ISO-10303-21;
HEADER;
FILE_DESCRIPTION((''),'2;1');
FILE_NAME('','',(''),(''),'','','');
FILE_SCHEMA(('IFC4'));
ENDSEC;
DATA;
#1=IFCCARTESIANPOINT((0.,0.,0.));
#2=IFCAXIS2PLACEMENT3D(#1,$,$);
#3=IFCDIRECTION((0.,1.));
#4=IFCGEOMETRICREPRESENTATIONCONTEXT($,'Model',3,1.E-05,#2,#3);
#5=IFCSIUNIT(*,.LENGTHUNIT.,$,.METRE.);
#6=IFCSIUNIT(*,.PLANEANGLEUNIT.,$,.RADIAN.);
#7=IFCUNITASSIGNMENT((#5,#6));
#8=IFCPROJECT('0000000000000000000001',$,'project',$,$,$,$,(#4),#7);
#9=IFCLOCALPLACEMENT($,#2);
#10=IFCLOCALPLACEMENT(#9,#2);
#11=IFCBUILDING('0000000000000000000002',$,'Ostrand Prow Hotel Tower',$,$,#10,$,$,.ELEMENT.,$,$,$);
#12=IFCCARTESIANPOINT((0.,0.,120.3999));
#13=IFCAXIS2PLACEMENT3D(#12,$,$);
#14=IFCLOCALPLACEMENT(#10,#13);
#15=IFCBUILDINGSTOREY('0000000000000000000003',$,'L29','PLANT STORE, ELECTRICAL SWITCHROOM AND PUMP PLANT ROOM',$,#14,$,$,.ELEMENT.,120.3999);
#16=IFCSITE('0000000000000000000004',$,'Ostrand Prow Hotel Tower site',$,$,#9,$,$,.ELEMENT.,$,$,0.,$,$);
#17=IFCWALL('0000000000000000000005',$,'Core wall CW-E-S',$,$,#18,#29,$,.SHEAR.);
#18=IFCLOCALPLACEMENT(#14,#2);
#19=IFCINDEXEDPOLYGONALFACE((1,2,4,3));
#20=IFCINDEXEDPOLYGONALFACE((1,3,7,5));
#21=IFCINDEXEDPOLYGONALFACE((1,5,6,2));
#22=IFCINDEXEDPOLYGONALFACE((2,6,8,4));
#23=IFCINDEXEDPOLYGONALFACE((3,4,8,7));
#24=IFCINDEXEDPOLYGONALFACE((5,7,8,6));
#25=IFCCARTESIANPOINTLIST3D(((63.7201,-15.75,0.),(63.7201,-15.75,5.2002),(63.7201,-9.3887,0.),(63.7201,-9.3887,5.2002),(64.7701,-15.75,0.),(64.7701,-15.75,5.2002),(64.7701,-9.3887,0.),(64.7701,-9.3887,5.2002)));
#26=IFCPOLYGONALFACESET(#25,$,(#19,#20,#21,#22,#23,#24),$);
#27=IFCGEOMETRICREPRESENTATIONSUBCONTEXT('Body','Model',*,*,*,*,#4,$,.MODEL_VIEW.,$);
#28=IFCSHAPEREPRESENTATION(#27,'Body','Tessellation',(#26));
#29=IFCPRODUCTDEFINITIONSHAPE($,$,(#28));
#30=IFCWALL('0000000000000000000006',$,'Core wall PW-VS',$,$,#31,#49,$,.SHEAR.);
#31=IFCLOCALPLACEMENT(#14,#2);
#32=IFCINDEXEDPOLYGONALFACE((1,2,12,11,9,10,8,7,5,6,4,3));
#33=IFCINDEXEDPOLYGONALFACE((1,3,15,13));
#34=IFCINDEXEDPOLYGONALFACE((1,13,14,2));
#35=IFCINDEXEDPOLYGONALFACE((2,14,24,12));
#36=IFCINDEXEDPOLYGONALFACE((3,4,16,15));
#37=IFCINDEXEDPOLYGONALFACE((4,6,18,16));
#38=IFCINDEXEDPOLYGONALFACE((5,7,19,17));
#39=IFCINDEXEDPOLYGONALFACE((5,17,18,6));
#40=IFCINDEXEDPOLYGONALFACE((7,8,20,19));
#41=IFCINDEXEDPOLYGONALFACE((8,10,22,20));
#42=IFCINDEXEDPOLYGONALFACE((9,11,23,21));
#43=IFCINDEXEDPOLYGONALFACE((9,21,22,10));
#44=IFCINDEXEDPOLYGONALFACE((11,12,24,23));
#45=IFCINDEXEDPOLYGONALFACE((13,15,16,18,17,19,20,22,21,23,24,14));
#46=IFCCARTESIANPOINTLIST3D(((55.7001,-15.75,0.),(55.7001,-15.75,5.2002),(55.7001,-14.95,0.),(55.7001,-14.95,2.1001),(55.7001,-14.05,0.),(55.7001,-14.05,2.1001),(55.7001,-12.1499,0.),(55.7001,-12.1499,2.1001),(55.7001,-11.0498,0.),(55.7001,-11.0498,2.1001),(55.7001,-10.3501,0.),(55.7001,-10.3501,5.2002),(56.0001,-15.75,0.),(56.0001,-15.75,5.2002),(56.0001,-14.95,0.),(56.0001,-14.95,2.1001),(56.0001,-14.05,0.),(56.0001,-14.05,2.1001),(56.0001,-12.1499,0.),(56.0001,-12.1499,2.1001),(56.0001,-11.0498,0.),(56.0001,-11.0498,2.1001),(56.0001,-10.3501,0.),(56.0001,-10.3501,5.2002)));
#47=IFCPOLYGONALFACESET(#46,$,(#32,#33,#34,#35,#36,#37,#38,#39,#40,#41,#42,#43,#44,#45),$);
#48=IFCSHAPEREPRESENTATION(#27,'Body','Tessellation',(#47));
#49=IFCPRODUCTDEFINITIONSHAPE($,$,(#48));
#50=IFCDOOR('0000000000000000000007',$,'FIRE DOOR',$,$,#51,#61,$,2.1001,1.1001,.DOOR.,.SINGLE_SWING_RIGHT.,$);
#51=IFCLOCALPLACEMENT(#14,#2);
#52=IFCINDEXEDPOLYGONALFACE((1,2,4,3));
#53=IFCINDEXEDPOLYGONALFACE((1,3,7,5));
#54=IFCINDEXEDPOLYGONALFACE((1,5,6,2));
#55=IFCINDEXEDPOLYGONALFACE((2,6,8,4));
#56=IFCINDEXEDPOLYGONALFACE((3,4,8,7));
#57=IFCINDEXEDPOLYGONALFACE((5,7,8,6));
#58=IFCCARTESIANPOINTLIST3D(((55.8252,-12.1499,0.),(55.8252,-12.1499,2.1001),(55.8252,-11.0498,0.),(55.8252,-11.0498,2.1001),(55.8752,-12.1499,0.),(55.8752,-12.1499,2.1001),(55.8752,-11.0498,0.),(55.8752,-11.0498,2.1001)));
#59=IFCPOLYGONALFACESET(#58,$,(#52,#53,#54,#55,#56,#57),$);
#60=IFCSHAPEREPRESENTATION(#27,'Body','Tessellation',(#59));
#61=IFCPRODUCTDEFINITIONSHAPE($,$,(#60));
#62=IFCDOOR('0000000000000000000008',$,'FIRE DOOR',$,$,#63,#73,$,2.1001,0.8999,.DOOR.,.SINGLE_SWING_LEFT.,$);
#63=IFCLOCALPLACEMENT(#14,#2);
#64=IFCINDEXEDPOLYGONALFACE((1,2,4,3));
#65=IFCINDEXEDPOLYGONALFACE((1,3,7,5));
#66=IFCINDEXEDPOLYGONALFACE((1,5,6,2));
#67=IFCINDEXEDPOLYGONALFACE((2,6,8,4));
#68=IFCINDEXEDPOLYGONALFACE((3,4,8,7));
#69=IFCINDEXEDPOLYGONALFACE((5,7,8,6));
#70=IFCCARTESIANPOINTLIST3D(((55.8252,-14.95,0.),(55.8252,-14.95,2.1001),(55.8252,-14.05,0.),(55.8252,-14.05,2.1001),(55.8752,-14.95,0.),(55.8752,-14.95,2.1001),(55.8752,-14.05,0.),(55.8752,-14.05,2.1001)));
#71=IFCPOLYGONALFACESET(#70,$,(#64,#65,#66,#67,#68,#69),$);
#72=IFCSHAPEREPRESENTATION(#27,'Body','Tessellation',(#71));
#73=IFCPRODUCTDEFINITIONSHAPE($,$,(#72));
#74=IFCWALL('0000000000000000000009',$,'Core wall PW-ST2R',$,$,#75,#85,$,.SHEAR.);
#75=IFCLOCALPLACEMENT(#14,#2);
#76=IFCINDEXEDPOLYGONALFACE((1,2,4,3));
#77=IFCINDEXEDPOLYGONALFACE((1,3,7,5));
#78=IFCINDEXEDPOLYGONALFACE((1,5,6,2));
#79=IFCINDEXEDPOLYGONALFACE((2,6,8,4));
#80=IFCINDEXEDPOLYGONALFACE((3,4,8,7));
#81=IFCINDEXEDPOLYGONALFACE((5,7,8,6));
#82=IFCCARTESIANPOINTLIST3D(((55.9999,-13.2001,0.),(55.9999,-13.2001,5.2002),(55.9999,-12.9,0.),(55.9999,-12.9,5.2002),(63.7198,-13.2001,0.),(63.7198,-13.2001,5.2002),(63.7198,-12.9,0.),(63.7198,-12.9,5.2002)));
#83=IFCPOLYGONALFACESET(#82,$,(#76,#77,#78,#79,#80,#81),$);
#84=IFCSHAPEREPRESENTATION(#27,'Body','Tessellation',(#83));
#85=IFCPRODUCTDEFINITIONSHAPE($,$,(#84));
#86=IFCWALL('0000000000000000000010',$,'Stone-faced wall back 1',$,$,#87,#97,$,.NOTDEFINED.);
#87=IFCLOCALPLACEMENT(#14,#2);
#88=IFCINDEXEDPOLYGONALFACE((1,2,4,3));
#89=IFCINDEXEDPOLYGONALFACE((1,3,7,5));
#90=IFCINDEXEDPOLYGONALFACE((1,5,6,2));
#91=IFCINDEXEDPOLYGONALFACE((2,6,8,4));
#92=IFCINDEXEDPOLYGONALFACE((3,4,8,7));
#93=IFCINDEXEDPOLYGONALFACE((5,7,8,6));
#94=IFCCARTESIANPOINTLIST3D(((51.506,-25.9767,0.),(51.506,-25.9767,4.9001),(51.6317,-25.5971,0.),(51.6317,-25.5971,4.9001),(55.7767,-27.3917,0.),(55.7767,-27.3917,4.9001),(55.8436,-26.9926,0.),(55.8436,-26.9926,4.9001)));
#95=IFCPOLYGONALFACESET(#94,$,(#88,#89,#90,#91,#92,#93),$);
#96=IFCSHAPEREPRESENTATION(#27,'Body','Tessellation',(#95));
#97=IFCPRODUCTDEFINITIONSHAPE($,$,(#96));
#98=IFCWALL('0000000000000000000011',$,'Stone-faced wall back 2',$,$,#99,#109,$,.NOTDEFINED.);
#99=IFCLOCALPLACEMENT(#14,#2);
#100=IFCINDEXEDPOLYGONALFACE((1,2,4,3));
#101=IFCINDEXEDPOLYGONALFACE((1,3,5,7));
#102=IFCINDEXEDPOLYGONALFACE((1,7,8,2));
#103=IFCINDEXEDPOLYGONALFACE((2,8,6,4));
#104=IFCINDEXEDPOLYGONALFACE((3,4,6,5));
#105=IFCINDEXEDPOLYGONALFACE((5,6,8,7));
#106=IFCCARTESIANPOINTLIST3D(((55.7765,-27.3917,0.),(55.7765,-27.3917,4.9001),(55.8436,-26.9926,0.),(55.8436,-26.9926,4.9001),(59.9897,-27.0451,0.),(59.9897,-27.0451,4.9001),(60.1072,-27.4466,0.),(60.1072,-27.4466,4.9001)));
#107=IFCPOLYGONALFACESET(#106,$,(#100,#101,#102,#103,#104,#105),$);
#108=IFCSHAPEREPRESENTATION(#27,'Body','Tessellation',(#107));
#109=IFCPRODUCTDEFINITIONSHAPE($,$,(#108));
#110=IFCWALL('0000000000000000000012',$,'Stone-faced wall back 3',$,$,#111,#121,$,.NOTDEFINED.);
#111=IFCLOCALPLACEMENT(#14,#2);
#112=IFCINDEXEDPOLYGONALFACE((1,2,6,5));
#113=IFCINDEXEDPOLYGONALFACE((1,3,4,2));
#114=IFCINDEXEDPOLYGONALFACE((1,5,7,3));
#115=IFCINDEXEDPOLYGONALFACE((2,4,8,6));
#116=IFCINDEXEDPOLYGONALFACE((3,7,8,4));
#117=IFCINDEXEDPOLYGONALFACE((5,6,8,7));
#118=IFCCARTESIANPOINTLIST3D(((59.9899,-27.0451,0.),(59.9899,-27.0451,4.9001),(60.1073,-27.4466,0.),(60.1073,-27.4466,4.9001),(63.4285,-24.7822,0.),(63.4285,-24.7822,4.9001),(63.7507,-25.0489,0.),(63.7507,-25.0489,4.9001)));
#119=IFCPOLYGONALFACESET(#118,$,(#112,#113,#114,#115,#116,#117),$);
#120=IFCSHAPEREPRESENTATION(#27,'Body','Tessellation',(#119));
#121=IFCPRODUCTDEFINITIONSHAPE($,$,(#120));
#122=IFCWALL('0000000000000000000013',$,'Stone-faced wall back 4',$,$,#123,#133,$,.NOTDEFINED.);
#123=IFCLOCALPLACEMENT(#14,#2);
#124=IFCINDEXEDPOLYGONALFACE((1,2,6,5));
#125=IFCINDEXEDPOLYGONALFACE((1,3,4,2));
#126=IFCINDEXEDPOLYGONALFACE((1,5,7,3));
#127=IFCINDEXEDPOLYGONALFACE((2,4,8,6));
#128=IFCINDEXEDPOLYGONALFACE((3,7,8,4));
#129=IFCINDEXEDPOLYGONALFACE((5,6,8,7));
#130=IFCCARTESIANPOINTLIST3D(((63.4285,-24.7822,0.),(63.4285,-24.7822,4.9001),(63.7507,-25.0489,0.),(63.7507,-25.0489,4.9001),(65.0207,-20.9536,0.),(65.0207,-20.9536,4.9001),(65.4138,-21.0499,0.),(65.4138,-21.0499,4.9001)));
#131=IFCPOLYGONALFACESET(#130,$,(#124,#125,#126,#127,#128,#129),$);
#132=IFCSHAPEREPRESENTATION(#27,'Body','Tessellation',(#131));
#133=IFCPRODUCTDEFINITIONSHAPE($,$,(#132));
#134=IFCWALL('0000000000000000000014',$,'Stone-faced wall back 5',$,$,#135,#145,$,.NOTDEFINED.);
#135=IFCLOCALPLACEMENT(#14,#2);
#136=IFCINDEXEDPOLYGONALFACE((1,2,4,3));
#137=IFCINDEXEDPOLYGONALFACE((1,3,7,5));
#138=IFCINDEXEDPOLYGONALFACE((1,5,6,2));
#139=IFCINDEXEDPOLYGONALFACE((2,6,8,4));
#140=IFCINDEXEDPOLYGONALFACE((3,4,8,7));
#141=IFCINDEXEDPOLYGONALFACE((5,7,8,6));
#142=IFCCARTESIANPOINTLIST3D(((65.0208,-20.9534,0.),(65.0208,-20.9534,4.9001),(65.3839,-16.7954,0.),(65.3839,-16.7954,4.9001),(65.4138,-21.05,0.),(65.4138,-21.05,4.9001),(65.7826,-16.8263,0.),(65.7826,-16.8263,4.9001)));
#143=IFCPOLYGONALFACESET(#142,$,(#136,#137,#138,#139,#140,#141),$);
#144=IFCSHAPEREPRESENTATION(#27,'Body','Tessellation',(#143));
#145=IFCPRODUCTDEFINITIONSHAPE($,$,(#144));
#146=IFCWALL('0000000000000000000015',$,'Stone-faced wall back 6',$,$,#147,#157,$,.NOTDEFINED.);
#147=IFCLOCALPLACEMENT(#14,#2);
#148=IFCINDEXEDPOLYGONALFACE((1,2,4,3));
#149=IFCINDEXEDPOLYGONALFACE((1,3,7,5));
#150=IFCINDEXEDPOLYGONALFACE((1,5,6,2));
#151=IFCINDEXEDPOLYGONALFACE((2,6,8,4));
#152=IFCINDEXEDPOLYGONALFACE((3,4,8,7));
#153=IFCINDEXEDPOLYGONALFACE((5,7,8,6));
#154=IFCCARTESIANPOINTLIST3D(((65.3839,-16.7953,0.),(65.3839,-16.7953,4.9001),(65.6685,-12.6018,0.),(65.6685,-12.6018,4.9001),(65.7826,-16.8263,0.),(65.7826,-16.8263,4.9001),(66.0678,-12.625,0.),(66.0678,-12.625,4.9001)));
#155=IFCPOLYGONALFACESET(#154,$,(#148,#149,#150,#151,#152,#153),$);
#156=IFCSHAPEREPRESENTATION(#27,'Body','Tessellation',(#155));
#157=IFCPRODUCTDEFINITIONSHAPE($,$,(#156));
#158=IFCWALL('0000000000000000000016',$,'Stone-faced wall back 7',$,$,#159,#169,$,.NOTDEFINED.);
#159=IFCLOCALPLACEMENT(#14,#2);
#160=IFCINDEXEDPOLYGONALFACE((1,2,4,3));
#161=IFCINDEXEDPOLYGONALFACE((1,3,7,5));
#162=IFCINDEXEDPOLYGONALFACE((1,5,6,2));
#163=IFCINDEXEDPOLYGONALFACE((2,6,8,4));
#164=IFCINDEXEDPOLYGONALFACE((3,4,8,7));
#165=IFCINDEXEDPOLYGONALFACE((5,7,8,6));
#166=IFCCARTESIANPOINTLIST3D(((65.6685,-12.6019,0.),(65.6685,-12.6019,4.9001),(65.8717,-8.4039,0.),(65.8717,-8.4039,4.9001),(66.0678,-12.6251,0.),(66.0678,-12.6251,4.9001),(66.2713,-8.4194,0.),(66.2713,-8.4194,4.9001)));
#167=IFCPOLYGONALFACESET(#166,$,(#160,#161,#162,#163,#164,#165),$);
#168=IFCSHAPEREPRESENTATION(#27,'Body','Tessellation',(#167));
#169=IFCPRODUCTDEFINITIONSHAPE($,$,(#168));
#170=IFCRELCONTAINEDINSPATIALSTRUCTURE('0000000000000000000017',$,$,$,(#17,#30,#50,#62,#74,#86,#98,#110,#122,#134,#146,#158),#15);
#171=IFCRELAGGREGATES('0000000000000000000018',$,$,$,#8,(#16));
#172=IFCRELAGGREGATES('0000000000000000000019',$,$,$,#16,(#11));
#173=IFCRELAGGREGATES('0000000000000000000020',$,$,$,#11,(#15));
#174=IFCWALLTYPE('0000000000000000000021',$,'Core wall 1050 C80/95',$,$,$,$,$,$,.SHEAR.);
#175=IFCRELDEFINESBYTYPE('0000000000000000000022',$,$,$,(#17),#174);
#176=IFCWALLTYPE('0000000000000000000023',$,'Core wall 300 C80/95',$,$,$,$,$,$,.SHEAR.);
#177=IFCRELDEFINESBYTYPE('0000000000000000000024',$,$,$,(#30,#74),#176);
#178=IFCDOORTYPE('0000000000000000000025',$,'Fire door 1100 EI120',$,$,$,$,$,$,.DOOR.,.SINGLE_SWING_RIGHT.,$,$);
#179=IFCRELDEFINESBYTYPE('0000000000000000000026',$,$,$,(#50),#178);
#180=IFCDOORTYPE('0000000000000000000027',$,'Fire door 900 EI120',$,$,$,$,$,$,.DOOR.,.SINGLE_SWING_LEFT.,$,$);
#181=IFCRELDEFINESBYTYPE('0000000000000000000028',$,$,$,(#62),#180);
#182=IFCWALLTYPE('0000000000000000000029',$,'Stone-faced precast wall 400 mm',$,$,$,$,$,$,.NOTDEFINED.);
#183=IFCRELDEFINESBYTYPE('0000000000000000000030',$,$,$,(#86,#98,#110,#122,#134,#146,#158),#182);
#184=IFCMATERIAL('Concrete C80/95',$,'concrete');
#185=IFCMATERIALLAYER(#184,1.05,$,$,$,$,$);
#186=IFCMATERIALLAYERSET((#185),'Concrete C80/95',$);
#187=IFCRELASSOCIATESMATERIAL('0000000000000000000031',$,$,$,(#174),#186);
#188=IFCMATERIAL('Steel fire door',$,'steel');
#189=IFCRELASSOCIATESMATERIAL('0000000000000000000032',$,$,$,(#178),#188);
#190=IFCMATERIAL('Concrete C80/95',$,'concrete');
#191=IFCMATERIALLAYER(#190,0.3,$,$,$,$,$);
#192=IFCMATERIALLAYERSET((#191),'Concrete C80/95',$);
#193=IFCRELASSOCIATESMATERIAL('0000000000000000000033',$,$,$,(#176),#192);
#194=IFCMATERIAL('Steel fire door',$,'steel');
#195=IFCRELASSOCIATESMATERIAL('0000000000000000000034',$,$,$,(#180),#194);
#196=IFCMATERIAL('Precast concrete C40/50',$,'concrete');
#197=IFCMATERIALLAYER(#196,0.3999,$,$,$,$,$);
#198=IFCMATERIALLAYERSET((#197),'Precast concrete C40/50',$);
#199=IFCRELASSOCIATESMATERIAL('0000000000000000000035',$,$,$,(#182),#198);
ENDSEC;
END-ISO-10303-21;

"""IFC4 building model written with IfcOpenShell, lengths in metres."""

from ifc_helpers import new_model, si_unit, direction, frame, frame_2d, origin, place, context, subcontext, project, spatial, polyline, rectangle, outline, extrude, material, layer, layer_set, type_object, element, fill, save


model = new_model("IFC4")

# Units and contexts
model_context = context("Model", 3, precision=1e-05, world=origin(), true_north=direction((0.0, 1.0)))
body_context = subcontext(model_context, "Body", "Model", "MODEL_VIEW")
ifc_project = project(units=[si_unit("LENGTHUNIT", "METRE"), si_unit("PLANEANGLEUNIT", "RADIAN")], contexts=[model_context])

# Site, building, storey
site_placement = place(None, origin())
site = spatial("IfcSite", under=ifc_project, at=site_placement, Name="Ostrand Prow Hotel Tower site", CompositionType="ELEMENT", RefElevation=0.0)
building_placement = place(site_placement, origin())
building = spatial("IfcBuilding", under=site, at=building_placement, Name="Ostrand Prow Hotel Tower", CompositionType="ELEMENT")
storey_placement = place(building_placement, frame((0.0, 0.0, 120.3999)))
storey = spatial("IfcBuildingStorey", under=building, at=storey_placement, Name="L29", Description="PLANT STORE, ELECTRICAL SWITCHROOM AND PUMP PLANT ROOM", CompositionType="ELEMENT", Elevation=120.3999)

# Shared definitions
ifc_material_1 = material(Name="Concrete C80/95", Category="concrete")
ifc_layer_1 = layer(ifc_material_1, 1.05)
ifc_layer_set_1 = layer_set([ifc_layer_1], Name="Concrete C80/95")
wall_type_1 = type_object("IfcWallType", Name="Core wall 1050 C80/95", PredefinedType="SHEAR", material=ifc_layer_set_1)
ifc_material_2 = material(Name="Steel fire door", Category="steel")
door_type_1 = type_object("IfcDoorType", Name="Fire door 1100 EI120", OperationType="SINGLE_SWING_RIGHT", PredefinedType="DOOR", material=ifc_material_2)

# Wall
wall_1_placement = place(storey_placement, frame((64.2451, -15.75, 0.0), z_axis=(0.0, 0.0, 1.0), x_axis=(0.0, 1.0, 0.0)))
element("IfcWall", 1, at=wall_1_placement, inside=storey, type_object=wall_type_1, Name="Core wall CW-E-S", PredefinedType="SHEAR", context=body_context, shape_type="SweptSolid", body=[
    extrude(rectangle(XDim=6.3613, YDim=1.05, at=frame_2d((3.1807, 0.0))), origin(), (0.0, 0.0, 1.0), 5.2002),
])

# Wall, openings, doors
ifc_material_3 = material(Name="Concrete C80/95", Category="concrete")
ifc_layer_2 = layer(ifc_material_3, 0.3)
ifc_layer_set_2 = layer_set([ifc_layer_2], Name="Concrete C80/95")
wall_type_2 = type_object("IfcWallType", Name="Core wall 300 C80/95", PredefinedType="SHEAR", material=ifc_layer_set_2)
wall_2_placement = place(storey_placement, frame((55.8501, -15.75, 0.0), z_axis=(0.0, 0.0, 1.0), x_axis=(0.0, 1.0, 0.0)))
wall_2 = element("IfcWall", 2, at=wall_2_placement, inside=storey, type_object=wall_type_2, Name="Core wall PW-VS", PredefinedType="SHEAR", context=body_context, shape_type="SweptSolid", body=[
    extrude(rectangle(XDim=5.3999, YDim=0.3, at=frame_2d((2.7, 0.0))), origin(), (0.0, 0.0, 1.0), 5.2002),
])
opening_1_placement = place(wall_2_placement, frame((3.6001, 0.0, 0.0)))
opening_1 = element("IfcOpeningElement", 3, at=opening_1_placement, cuts=wall_2, PredefinedType="OPENING", context=body_context, shape_type="SweptSolid", body=[
    extrude(rectangle(XDim=1.1001, YDim=2.1001, at=frame_2d((0.55, 1.05))), frame((0.0, 0.1599, 0.0), z_axis=(0.0, -1.0, 0.0), x_axis=(1.0, 0.0, 0.0)), (0.0, 0.0, 1.0), 0.3201),
])
opening_2_placement = place(wall_2_placement, frame((0.8, 0.0, 0.0)))
opening_2 = element("IfcOpeningElement", 4, at=opening_2_placement, cuts=wall_2, PredefinedType="OPENING", context=body_context, shape_type="SweptSolid", body=[
    extrude(rectangle(XDim=0.8999, YDim=2.1001, at=frame_2d((0.45, 1.05))), frame((0.0, 0.1599, 0.0), z_axis=(0.0, -1.0, 0.0), x_axis=(1.0, 0.0, 0.0)), (0.0, 0.0, 1.0), 0.3201),
])
door_1_placement = place(opening_1_placement, origin())
door_1 = element("IfcDoor", 5, at=door_1_placement, inside=storey, type_object=door_type_1, Name="FIRE DOOR", OperationType="SINGLE_SWING_RIGHT", OverallHeight=2.1001, OverallWidth=1.1001, PredefinedType="DOOR", context=body_context, shape_type="SweptSolid", body=[
    extrude(rectangle(XDim=1.1001, YDim=2.1001, at=frame_2d((0.55, 1.05))), frame((0.0, 0.0249, 0.0), z_axis=(0.0, -1.0, 0.0), x_axis=(1.0, 0.0, 0.0)), (0.0, 0.0, 1.0), 0.05),
])
fill(opening_1, door_1)
ifc_material_4 = material(Name="Steel fire door", Category="steel")
door_type_2 = type_object("IfcDoorType", Name="Fire door 900 EI120", OperationType="SINGLE_SWING_LEFT", PredefinedType="DOOR", material=ifc_material_4)
door_2_placement = place(opening_2_placement, origin())
door_2 = element("IfcDoor", 6, at=door_2_placement, inside=storey, type_object=door_type_2, Name="FIRE DOOR", OperationType="SINGLE_SWING_LEFT", OverallHeight=2.1001, OverallWidth=0.8999, PredefinedType="DOOR", context=body_context, shape_type="SweptSolid", body=[
    extrude(rectangle(XDim=0.8999, YDim=2.1001, at=frame_2d((0.45, 1.05))), frame((0.0, 0.0249, 0.0), z_axis=(0.0, -1.0, 0.0), x_axis=(1.0, 0.0, 0.0)), (0.0, 0.0, 1.0), 0.05),
])
fill(opening_2, door_2)

# Walls
wall_3_placement = place(storey_placement, frame((56.0, -13.05, 0.0), z_axis=(0.0, 0.0, 1.0), x_axis=(1.0, 0.0, 0.0)))
element("IfcWall", 7, at=wall_3_placement, inside=storey, type_object=wall_type_2, Name="Core wall PW-ST2R", PredefinedType="SHEAR", context=body_context, shape_type="SweptSolid", body=[
    extrude(rectangle(XDim=7.72, YDim=0.3, at=frame_2d((3.8599, 0.0))), origin(), (0.0, 0.0, 1.0), 5.2002),
])
ifc_material_5 = material(Name="Precast concrete C40/50", Category="concrete")
ifc_layer_3 = layer(ifc_material_5, 0.3999)
ifc_layer_set_3 = layer_set([ifc_layer_3], Name="Precast concrete C40/50")
wall_type_3 = type_object("IfcWallType", Name="Stone-faced precast wall 400 mm", PredefinedType="NOTDEFINED", material=ifc_layer_set_3)
wall_4_placement = place(storey_placement, frame((51.5688, -25.7869, 0.0), z_axis=(0.0, 0.0, 1.0), x_axis=(0.94925, -0.314522, 0.0)))
element("IfcWall", 8, at=wall_4_placement, inside=storey, type_object=wall_type_3, Name="Stone-faced wall back 1", PredefinedType="NOTDEFINED", context=body_context, shape_type="SweptSolid", body=[
    extrude(outline(polyline([(0.0, -0.2), (4.499, -0.2), (4.437, 0.2), (0.0, 0.2), (0.0, -0.2)])), origin(), (0.0, 0.0, 1.0), 4.9001),
])
wall_5_placement = place(storey_placement, frame((55.8101, -27.1921, 0.0), z_axis=(0.0, 0.0, 1.0), x_axis=(0.99992, -0.012671, 0.0)))
element("IfcWall", 9, at=wall_5_placement, inside=storey, type_object=wall_type_3, Name="Stone-faced wall back 2", PredefinedType="NOTDEFINED", context=body_context, shape_type="SweptSolid", body=[
    extrude(outline(polyline([(-0.031, -0.2), (4.3, -0.2), (4.1775, 0.2), (0.031, 0.2), (-0.031, -0.2)])), origin(), (0.0, 0.0, 1.0), 4.9001),
])
wall_6_placement = place(storey_placement, frame((60.0486, -27.2458, 0.0), z_axis=(0.0, 0.0, 1.0), x_axis=(0.835341, 0.549733, 0.0)))
element("IfcWall", 10, at=wall_6_placement, inside=storey, type_object=wall_type_3, Name="Stone-faced wall back 3", PredefinedType="NOTDEFINED", context=body_context, shape_type="SweptSolid", body=[
    extrude(outline(polyline([(-0.0613, -0.2), (4.3003, -0.2), (4.1777, 0.2), (0.0613, 0.2), (-0.0613, -0.2)])), origin(), (0.0, 0.0, 1.0), 4.9001),
])
wall_7_placement = place(storey_placement, frame((63.5896, -24.9155, 0.0), z_axis=(0.0, 0.0, 1.0), x_axis=(0.383998, 0.923334, 0.0)))
element("IfcWall", 11, at=wall_7_placement, inside=storey, type_object=wall_type_3, Name="Stone-faced wall back 4", PredefinedType="NOTDEFINED", context=body_context, shape_type="SweptSolid", body=[
    extrude(outline(polyline([(-0.0613, -0.2), (4.2698, -0.2), (4.2078, 0.2), (0.0613, 0.2), (-0.0613, -0.2)])), origin(), (0.0, 0.0, 1.0), 4.9001),
])
wall_8_placement = place(storey_placement, frame((65.2173, -21.0017, 0.0), z_axis=(0.0, 0.0, 1.0), x_axis=(0.086993, 0.996209, 0.0)))
element("IfcWall", 12, at=wall_8_placement, inside=storey, type_object=wall_type_3, Name="Stone-faced wall back 5", PredefinedType="NOTDEFINED", context=body_context, shape_type="SweptSolid", body=[
    extrude(outline(polyline([(-0.031, -0.2), (4.2087, -0.2), (4.2048, 0.2), (0.031, 0.2), (-0.031, -0.2)])), origin(), (0.0, 0.0, 1.0), 4.9001),
])
wall_9_placement = place(storey_placement, frame((65.5833, -16.8108, 0.0), z_axis=(0.0, 0.0, 1.0), x_axis=(0.067725, 0.997704, 0.0)))
element("IfcWall", 13, at=wall_9_placement, inside=storey, type_object=wall_type_3, Name="Stone-faced wall back 6", PredefinedType="NOTDEFINED", context=body_context, shape_type="SweptSolid", body=[
    extrude(outline(polyline([(-0.002, -0.2), (4.209, -0.2), (4.2051, 0.2), (0.002, 0.2), (-0.002, -0.2)])), origin(), (0.0, 0.0, 1.0), 4.9001),
])
wall_10_placement = place(storey_placement, frame((65.8682, -12.6135, 0.0), z_axis=(0.0, 0.0, 1.0), x_axis=(0.048343, 0.998831, 0.0)))
element("IfcWall", 14, at=wall_10_placement, inside=storey, type_object=wall_type_3, Name="Stone-faced wall back 7", PredefinedType="NOTDEFINED", context=body_context, shape_type="SweptSolid", body=[
    extrude(outline(polyline([(-0.002, -0.2), (4.2087, -0.2), (4.2048, 0.2), (0.002, 0.2), (-0.002, -0.2)])), origin(), (0.0, 0.0, 1.0), 4.9001),
])

save(model, "model.ifc")
